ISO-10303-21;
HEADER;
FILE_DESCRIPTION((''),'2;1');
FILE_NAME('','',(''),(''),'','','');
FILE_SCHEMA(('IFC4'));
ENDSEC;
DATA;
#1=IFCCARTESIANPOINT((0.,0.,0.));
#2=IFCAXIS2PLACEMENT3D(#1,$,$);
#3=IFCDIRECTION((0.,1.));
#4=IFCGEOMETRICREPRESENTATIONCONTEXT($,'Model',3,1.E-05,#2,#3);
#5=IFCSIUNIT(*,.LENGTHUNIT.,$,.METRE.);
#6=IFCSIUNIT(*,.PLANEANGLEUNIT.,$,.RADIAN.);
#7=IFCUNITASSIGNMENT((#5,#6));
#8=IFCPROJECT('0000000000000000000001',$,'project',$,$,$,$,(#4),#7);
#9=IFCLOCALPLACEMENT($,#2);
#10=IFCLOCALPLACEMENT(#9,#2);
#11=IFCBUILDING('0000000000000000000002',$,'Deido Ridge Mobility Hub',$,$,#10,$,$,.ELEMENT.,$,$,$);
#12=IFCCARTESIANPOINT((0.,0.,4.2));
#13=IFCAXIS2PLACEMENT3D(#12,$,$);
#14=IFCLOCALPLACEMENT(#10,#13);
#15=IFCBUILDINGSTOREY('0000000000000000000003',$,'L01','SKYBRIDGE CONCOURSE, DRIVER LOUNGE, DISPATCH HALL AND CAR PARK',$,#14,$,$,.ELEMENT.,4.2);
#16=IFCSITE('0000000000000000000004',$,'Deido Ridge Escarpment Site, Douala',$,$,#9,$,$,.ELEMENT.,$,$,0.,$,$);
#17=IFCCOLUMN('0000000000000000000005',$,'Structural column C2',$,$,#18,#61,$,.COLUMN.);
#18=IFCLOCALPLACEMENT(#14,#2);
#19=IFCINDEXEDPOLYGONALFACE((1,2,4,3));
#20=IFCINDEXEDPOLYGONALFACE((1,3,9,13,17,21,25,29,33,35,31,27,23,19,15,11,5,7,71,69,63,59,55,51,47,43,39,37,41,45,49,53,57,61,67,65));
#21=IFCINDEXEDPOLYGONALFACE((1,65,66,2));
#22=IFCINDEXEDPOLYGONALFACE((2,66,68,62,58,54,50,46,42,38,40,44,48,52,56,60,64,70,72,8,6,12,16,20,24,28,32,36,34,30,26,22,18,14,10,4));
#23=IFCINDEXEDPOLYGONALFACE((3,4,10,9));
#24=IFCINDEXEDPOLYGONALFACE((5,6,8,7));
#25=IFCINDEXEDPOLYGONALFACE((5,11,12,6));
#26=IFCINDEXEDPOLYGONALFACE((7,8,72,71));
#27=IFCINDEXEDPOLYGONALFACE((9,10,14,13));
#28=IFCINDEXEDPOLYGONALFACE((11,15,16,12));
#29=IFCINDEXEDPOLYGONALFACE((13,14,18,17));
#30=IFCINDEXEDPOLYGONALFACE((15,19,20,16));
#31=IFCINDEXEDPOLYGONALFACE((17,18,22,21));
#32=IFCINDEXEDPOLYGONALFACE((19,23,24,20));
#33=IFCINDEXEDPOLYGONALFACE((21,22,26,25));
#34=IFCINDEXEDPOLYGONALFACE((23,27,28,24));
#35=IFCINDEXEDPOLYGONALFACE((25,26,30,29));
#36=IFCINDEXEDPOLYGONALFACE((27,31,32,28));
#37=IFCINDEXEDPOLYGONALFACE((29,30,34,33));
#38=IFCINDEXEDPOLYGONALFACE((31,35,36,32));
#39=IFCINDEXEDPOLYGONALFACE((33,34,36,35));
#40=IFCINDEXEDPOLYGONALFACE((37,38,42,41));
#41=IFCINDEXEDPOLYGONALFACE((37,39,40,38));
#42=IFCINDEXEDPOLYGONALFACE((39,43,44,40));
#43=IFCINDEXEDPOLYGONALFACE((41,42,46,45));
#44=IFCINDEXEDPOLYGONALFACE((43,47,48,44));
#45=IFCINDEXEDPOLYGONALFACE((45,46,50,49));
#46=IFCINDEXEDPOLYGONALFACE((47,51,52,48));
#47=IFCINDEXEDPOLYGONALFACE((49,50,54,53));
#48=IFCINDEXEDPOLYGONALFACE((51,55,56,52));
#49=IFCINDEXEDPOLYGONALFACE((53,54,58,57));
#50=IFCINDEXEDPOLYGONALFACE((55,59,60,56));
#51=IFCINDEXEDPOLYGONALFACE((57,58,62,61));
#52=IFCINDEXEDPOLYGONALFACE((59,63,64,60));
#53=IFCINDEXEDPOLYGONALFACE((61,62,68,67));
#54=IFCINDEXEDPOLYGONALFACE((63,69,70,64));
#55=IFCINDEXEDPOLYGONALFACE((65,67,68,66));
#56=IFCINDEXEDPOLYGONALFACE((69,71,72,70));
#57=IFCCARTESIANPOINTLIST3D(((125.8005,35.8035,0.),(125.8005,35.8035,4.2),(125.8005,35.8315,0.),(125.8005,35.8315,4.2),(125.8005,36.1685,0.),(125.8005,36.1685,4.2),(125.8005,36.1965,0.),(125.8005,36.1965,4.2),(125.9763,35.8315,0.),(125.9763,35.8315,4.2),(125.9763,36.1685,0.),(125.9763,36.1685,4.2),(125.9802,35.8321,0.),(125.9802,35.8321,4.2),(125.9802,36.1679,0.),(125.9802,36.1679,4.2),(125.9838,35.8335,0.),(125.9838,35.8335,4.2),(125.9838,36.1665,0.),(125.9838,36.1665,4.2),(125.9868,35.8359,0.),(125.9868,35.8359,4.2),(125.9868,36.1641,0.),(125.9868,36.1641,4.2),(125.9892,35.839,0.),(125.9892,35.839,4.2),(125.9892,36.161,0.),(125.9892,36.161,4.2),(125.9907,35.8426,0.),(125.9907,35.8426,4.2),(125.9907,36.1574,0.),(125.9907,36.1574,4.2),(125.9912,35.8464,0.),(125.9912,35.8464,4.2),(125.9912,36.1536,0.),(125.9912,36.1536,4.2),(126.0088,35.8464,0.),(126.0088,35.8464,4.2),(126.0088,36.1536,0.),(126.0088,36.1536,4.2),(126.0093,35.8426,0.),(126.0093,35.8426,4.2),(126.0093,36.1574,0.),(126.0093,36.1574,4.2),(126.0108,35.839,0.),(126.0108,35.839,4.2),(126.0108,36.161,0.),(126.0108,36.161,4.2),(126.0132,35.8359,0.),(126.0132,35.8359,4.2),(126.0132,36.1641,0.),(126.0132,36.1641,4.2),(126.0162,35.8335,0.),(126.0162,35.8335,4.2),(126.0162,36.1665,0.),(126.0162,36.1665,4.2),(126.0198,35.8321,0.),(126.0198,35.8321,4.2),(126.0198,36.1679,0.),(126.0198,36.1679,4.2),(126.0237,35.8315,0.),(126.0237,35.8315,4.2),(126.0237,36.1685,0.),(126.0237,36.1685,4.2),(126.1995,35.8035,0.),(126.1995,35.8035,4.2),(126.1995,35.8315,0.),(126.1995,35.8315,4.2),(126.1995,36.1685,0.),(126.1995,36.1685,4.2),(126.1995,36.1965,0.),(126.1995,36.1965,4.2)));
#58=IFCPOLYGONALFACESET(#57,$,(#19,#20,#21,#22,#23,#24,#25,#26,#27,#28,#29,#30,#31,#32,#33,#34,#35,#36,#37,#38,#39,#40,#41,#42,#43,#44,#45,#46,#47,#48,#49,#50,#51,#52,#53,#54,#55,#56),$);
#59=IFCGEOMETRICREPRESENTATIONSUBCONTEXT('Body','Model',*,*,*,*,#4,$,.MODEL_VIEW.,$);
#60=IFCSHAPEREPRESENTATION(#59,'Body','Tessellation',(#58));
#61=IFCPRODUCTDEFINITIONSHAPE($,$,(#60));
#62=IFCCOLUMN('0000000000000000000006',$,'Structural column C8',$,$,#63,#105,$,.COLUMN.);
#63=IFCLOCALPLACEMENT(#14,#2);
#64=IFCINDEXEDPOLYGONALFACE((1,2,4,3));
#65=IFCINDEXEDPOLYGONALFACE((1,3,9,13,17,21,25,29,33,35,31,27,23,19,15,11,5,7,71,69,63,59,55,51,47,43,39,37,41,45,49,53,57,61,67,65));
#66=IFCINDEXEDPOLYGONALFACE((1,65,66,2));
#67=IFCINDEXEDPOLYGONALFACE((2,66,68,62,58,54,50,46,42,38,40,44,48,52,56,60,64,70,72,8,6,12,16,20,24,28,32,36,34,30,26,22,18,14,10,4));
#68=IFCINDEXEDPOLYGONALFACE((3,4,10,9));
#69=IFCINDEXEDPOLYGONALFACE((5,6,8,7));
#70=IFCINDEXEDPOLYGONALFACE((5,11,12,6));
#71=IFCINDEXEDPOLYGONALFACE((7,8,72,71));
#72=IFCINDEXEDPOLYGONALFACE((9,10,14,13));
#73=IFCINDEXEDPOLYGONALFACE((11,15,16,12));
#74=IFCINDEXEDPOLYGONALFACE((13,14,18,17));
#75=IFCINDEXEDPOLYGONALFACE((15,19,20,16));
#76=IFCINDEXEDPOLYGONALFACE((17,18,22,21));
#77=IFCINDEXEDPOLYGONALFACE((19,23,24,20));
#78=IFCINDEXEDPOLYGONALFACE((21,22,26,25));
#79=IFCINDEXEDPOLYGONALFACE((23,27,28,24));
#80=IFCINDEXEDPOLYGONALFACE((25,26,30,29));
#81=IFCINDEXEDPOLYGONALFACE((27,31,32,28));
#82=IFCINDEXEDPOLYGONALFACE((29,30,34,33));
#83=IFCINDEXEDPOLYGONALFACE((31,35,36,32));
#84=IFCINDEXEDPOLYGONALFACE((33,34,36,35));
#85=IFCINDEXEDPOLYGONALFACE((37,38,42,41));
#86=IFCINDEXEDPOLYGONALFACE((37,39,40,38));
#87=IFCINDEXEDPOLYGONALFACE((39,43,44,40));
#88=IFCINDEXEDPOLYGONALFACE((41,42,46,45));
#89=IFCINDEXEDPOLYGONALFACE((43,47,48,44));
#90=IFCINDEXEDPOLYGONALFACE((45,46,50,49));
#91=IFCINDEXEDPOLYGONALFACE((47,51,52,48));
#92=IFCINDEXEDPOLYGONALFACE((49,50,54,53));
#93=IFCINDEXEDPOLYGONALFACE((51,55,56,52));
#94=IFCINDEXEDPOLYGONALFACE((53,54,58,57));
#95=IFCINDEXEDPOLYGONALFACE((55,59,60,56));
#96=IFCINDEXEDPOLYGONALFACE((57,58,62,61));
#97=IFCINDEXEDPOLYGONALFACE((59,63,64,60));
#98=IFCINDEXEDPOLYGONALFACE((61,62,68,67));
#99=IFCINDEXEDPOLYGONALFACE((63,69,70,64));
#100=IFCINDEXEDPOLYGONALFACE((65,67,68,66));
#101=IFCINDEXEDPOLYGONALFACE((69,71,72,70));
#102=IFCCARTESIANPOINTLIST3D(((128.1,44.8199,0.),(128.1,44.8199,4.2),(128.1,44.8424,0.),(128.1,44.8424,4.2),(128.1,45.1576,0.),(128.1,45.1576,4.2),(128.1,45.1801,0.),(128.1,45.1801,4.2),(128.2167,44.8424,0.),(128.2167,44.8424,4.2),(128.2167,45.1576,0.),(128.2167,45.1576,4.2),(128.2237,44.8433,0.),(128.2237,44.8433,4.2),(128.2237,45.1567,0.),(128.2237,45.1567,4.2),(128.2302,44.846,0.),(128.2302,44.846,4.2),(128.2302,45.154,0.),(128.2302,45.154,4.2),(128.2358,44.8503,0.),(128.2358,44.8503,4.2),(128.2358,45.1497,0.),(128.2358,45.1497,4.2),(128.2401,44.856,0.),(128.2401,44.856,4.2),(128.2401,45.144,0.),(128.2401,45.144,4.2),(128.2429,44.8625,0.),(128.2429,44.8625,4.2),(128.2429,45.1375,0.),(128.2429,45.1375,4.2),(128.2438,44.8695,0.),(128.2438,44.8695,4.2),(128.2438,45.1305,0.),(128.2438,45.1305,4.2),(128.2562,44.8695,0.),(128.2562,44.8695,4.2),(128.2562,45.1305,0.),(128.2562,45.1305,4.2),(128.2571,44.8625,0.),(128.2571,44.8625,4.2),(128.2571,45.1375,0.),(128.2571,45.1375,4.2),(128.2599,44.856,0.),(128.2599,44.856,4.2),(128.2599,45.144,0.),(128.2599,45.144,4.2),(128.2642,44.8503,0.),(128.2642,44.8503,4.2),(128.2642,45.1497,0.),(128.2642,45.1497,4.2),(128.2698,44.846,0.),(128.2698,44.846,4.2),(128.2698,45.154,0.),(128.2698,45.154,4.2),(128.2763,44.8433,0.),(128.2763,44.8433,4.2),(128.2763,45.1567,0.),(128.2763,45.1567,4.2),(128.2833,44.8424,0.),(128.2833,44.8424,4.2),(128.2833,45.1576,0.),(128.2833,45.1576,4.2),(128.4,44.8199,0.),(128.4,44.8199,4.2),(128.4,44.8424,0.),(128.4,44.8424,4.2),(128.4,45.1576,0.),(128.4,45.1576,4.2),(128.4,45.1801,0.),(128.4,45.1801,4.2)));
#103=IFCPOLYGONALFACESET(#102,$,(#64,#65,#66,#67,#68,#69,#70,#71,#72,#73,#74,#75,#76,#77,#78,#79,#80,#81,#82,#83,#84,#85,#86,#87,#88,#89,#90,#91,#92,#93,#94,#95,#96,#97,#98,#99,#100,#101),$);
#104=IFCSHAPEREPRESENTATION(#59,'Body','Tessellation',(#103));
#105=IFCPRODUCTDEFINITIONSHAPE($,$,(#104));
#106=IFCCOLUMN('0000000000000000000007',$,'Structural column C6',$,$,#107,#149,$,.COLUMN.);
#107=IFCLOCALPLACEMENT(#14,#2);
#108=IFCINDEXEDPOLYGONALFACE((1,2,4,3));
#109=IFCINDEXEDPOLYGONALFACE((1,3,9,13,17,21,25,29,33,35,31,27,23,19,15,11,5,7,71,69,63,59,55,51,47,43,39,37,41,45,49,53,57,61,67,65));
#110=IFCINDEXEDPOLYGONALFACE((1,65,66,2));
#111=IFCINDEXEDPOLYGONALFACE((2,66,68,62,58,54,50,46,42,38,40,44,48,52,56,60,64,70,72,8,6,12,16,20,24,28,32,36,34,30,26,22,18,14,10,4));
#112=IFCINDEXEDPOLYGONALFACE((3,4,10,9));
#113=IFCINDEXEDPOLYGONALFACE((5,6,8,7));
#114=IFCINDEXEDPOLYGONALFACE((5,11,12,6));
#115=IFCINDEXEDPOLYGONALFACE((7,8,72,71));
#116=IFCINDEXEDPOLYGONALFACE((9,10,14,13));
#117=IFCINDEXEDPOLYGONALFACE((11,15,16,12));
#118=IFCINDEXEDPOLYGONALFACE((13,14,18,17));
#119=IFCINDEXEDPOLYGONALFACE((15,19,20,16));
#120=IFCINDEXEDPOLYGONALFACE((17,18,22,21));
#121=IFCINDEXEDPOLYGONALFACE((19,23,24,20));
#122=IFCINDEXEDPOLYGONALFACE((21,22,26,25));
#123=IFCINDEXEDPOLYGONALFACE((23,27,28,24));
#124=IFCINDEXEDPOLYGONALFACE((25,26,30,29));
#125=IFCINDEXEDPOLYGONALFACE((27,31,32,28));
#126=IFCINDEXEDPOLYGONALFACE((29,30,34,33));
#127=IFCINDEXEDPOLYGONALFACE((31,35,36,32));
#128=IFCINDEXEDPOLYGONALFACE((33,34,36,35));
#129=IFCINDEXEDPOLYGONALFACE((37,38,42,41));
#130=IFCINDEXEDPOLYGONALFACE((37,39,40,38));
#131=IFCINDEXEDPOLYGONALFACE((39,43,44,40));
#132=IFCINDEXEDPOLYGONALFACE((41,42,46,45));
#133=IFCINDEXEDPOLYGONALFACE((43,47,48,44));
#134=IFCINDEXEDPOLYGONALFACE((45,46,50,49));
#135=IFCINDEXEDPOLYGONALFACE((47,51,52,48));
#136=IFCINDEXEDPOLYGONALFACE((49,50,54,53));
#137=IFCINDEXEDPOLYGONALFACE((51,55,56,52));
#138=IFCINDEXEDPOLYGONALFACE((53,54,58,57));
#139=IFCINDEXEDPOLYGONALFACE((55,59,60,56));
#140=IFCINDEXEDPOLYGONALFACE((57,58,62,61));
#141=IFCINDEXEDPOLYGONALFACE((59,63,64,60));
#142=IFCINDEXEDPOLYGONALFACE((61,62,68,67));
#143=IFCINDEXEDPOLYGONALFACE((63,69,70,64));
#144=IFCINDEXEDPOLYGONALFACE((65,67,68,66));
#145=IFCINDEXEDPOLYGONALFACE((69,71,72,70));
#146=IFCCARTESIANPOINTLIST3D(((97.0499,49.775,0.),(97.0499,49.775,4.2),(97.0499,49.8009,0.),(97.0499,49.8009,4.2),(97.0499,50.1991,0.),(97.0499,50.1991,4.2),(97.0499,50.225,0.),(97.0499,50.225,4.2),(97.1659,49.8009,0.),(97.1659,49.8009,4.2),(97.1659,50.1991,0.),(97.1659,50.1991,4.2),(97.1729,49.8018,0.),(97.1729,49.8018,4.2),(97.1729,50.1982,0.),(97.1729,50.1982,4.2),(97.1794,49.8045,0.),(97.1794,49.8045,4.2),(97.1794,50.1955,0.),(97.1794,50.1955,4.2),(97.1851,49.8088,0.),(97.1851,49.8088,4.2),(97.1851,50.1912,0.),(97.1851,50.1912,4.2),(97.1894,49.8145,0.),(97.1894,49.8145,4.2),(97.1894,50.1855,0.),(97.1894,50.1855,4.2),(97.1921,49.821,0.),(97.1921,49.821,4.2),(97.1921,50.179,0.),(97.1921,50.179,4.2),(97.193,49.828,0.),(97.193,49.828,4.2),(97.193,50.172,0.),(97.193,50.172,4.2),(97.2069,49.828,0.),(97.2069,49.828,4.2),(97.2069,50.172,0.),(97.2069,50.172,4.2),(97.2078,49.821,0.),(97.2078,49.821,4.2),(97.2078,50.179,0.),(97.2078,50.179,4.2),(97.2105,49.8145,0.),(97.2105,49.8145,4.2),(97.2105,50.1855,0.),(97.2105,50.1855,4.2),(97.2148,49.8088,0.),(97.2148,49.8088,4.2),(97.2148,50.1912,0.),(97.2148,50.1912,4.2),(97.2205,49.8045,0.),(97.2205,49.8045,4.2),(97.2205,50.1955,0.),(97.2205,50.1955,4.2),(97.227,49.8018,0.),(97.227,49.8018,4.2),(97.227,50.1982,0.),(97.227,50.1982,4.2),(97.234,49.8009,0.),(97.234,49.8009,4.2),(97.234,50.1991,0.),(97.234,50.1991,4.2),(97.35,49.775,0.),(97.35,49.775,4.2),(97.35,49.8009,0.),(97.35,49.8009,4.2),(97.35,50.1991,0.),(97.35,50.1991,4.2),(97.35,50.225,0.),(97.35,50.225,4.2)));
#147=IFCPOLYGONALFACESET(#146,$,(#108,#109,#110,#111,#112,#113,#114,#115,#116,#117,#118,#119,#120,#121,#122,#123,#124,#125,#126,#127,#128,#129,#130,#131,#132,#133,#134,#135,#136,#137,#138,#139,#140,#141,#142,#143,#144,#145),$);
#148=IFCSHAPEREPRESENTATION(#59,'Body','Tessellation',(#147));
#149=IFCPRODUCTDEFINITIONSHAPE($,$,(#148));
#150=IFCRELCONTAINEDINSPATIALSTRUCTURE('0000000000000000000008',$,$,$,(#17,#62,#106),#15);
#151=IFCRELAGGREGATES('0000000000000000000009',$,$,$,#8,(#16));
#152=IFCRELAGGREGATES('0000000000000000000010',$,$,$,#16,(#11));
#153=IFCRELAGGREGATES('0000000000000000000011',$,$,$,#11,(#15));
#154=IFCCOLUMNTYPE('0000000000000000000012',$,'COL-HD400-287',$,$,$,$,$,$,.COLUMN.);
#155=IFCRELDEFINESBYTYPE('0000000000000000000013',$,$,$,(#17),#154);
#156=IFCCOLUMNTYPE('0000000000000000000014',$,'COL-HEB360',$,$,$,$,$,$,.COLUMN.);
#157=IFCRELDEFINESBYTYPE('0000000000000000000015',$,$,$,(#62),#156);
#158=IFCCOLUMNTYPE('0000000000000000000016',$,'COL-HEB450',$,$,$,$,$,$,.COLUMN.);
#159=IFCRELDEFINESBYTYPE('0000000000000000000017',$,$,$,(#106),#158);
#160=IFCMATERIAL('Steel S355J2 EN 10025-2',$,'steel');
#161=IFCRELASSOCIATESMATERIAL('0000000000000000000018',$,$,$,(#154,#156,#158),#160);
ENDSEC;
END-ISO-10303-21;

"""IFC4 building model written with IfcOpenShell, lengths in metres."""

from ifc_helpers import new_model, si_unit, direction, frame, origin, origin_2d, place, context, subcontext, project, spatial, i_section, extrude, material, material_profile, profile_set, type_object, element, save


model = new_model("IFC4")

# Units and contexts
model_context = context("Model", 3, precision=1e-05, world=origin(), true_north=direction((0.0, 1.0)))
body_context = subcontext(model_context, "Body", "Model", "MODEL_VIEW")
ifc_project = project(units=[si_unit("LENGTHUNIT", "METRE"), si_unit("PLANEANGLEUNIT", "RADIAN")], contexts=[model_context])

# Site, building, storey
site_placement = place(None, origin())
site = spatial("IfcSite", under=ifc_project, at=site_placement, Name="Deido Ridge Escarpment Site, Douala", CompositionType="ELEMENT", RefElevation=0.0)
building_placement = place(site_placement, origin())
building = spatial("IfcBuilding", under=site, at=building_placement, Name="Deido Ridge Mobility Hub", CompositionType="ELEMENT")
storey_placement = place(building_placement, frame((0.0, 0.0, 4.2)))
storey = spatial("IfcBuildingStorey", under=building, at=storey_placement, Name="L01", Description="SKYBRIDGE CONCOURSE, DRIVER LOUNGE, DISPATCH HALL AND CAR PARK", CompositionType="ELEMENT", Elevation=4.2)

# Columns
ifc_material_1 = material(Name="Steel S355J2 EN 10025-2", Category="steel")
ifc_material_profile_1 = material_profile(ifc_material_1, i_section(OverallWidth=0.3989, OverallDepth=0.3931, WebThickness=0.0176, FlangeThickness=0.0281, FilletRadius=0.0149, at=origin_2d()), Name="HD 400x287")
ifc_profile_set_1 = profile_set([ifc_material_profile_1], Name="Steel S355J2 EN 10025-2")
column_type_1 = type_object("IfcColumnType", Name="COL-HD400-287", PredefinedType="COLUMN", material=ifc_profile_set_1)
column_1_placement = place(storey_placement, frame((126.0, 36.0, 0.0), z_axis=(0.0, 0.0, 1.0), x_axis=(1.0, 0.0, 0.0)))
element("IfcColumn", 1, at=column_1_placement, inside=storey, type_object=column_type_1, Name="Structural column C2", PredefinedType="COLUMN", context=body_context, shape_type="SweptSolid", body=[
    extrude(i_section(OverallWidth=0.3989, OverallDepth=0.3931, WebThickness=0.0176, FlangeThickness=0.0281, FilletRadius=0.0149, at=origin_2d()), origin(), (0.0, 0.0, 1.0), 4.2),
])
ifc_material_profile_2 = material_profile(ifc_material_1, i_section(OverallWidth=0.3, OverallDepth=0.3601, WebThickness=0.0125, FlangeThickness=0.0225, FilletRadius=0.0271, at=origin_2d()), Name="HEB 360")
ifc_profile_set_2 = profile_set([ifc_material_profile_2], Name="Steel S355J2 EN 10025-2")
column_type_2 = type_object("IfcColumnType", Name="COL-HEB360", PredefinedType="COLUMN", material=ifc_profile_set_2)
column_2_placement = place(storey_placement, frame((128.25, 45.0, 0.0), z_axis=(0.0, 0.0, 1.0), x_axis=(1.0, 0.0, 0.0)))
element("IfcColumn", 2, at=column_2_placement, inside=storey, type_object=column_type_2, Name="Structural column C8", PredefinedType="COLUMN", context=body_context, shape_type="SweptSolid", body=[
    extrude(i_section(OverallWidth=0.3, OverallDepth=0.3601, WebThickness=0.0125, FlangeThickness=0.0225, FilletRadius=0.0271, at=origin_2d()), origin(), (0.0, 0.0, 1.0), 4.2),
])
ifc_material_profile_3 = material_profile(ifc_material_1, i_section(OverallWidth=0.3, OverallDepth=0.45, WebThickness=0.0139, FlangeThickness=0.0259, FilletRadius=0.0271, at=origin_2d()), Name="HEB 450")
ifc_profile_set_3 = profile_set([ifc_material_profile_3], Name="Steel S355J2 EN 10025-2")
column_type_3 = type_object("IfcColumnType", Name="COL-HEB450", PredefinedType="COLUMN", material=ifc_profile_set_3)
column_3_placement = place(storey_placement, frame((97.2, 50.0, 0.0), z_axis=(0.0, 0.0, 1.0), x_axis=(1.0, 0.0, 0.0)))
element("IfcColumn", 3, at=column_3_placement, inside=storey, type_object=column_type_3, Name="Structural column C6", PredefinedType="COLUMN", context=body_context, shape_type="SweptSolid", body=[
    extrude(i_section(OverallWidth=0.3, OverallDepth=0.45, WebThickness=0.0139, FlangeThickness=0.0259, FilletRadius=0.0271, at=origin_2d()), origin(), (0.0, 0.0, 1.0), 4.2),
])

save(model, "model.ifc")
